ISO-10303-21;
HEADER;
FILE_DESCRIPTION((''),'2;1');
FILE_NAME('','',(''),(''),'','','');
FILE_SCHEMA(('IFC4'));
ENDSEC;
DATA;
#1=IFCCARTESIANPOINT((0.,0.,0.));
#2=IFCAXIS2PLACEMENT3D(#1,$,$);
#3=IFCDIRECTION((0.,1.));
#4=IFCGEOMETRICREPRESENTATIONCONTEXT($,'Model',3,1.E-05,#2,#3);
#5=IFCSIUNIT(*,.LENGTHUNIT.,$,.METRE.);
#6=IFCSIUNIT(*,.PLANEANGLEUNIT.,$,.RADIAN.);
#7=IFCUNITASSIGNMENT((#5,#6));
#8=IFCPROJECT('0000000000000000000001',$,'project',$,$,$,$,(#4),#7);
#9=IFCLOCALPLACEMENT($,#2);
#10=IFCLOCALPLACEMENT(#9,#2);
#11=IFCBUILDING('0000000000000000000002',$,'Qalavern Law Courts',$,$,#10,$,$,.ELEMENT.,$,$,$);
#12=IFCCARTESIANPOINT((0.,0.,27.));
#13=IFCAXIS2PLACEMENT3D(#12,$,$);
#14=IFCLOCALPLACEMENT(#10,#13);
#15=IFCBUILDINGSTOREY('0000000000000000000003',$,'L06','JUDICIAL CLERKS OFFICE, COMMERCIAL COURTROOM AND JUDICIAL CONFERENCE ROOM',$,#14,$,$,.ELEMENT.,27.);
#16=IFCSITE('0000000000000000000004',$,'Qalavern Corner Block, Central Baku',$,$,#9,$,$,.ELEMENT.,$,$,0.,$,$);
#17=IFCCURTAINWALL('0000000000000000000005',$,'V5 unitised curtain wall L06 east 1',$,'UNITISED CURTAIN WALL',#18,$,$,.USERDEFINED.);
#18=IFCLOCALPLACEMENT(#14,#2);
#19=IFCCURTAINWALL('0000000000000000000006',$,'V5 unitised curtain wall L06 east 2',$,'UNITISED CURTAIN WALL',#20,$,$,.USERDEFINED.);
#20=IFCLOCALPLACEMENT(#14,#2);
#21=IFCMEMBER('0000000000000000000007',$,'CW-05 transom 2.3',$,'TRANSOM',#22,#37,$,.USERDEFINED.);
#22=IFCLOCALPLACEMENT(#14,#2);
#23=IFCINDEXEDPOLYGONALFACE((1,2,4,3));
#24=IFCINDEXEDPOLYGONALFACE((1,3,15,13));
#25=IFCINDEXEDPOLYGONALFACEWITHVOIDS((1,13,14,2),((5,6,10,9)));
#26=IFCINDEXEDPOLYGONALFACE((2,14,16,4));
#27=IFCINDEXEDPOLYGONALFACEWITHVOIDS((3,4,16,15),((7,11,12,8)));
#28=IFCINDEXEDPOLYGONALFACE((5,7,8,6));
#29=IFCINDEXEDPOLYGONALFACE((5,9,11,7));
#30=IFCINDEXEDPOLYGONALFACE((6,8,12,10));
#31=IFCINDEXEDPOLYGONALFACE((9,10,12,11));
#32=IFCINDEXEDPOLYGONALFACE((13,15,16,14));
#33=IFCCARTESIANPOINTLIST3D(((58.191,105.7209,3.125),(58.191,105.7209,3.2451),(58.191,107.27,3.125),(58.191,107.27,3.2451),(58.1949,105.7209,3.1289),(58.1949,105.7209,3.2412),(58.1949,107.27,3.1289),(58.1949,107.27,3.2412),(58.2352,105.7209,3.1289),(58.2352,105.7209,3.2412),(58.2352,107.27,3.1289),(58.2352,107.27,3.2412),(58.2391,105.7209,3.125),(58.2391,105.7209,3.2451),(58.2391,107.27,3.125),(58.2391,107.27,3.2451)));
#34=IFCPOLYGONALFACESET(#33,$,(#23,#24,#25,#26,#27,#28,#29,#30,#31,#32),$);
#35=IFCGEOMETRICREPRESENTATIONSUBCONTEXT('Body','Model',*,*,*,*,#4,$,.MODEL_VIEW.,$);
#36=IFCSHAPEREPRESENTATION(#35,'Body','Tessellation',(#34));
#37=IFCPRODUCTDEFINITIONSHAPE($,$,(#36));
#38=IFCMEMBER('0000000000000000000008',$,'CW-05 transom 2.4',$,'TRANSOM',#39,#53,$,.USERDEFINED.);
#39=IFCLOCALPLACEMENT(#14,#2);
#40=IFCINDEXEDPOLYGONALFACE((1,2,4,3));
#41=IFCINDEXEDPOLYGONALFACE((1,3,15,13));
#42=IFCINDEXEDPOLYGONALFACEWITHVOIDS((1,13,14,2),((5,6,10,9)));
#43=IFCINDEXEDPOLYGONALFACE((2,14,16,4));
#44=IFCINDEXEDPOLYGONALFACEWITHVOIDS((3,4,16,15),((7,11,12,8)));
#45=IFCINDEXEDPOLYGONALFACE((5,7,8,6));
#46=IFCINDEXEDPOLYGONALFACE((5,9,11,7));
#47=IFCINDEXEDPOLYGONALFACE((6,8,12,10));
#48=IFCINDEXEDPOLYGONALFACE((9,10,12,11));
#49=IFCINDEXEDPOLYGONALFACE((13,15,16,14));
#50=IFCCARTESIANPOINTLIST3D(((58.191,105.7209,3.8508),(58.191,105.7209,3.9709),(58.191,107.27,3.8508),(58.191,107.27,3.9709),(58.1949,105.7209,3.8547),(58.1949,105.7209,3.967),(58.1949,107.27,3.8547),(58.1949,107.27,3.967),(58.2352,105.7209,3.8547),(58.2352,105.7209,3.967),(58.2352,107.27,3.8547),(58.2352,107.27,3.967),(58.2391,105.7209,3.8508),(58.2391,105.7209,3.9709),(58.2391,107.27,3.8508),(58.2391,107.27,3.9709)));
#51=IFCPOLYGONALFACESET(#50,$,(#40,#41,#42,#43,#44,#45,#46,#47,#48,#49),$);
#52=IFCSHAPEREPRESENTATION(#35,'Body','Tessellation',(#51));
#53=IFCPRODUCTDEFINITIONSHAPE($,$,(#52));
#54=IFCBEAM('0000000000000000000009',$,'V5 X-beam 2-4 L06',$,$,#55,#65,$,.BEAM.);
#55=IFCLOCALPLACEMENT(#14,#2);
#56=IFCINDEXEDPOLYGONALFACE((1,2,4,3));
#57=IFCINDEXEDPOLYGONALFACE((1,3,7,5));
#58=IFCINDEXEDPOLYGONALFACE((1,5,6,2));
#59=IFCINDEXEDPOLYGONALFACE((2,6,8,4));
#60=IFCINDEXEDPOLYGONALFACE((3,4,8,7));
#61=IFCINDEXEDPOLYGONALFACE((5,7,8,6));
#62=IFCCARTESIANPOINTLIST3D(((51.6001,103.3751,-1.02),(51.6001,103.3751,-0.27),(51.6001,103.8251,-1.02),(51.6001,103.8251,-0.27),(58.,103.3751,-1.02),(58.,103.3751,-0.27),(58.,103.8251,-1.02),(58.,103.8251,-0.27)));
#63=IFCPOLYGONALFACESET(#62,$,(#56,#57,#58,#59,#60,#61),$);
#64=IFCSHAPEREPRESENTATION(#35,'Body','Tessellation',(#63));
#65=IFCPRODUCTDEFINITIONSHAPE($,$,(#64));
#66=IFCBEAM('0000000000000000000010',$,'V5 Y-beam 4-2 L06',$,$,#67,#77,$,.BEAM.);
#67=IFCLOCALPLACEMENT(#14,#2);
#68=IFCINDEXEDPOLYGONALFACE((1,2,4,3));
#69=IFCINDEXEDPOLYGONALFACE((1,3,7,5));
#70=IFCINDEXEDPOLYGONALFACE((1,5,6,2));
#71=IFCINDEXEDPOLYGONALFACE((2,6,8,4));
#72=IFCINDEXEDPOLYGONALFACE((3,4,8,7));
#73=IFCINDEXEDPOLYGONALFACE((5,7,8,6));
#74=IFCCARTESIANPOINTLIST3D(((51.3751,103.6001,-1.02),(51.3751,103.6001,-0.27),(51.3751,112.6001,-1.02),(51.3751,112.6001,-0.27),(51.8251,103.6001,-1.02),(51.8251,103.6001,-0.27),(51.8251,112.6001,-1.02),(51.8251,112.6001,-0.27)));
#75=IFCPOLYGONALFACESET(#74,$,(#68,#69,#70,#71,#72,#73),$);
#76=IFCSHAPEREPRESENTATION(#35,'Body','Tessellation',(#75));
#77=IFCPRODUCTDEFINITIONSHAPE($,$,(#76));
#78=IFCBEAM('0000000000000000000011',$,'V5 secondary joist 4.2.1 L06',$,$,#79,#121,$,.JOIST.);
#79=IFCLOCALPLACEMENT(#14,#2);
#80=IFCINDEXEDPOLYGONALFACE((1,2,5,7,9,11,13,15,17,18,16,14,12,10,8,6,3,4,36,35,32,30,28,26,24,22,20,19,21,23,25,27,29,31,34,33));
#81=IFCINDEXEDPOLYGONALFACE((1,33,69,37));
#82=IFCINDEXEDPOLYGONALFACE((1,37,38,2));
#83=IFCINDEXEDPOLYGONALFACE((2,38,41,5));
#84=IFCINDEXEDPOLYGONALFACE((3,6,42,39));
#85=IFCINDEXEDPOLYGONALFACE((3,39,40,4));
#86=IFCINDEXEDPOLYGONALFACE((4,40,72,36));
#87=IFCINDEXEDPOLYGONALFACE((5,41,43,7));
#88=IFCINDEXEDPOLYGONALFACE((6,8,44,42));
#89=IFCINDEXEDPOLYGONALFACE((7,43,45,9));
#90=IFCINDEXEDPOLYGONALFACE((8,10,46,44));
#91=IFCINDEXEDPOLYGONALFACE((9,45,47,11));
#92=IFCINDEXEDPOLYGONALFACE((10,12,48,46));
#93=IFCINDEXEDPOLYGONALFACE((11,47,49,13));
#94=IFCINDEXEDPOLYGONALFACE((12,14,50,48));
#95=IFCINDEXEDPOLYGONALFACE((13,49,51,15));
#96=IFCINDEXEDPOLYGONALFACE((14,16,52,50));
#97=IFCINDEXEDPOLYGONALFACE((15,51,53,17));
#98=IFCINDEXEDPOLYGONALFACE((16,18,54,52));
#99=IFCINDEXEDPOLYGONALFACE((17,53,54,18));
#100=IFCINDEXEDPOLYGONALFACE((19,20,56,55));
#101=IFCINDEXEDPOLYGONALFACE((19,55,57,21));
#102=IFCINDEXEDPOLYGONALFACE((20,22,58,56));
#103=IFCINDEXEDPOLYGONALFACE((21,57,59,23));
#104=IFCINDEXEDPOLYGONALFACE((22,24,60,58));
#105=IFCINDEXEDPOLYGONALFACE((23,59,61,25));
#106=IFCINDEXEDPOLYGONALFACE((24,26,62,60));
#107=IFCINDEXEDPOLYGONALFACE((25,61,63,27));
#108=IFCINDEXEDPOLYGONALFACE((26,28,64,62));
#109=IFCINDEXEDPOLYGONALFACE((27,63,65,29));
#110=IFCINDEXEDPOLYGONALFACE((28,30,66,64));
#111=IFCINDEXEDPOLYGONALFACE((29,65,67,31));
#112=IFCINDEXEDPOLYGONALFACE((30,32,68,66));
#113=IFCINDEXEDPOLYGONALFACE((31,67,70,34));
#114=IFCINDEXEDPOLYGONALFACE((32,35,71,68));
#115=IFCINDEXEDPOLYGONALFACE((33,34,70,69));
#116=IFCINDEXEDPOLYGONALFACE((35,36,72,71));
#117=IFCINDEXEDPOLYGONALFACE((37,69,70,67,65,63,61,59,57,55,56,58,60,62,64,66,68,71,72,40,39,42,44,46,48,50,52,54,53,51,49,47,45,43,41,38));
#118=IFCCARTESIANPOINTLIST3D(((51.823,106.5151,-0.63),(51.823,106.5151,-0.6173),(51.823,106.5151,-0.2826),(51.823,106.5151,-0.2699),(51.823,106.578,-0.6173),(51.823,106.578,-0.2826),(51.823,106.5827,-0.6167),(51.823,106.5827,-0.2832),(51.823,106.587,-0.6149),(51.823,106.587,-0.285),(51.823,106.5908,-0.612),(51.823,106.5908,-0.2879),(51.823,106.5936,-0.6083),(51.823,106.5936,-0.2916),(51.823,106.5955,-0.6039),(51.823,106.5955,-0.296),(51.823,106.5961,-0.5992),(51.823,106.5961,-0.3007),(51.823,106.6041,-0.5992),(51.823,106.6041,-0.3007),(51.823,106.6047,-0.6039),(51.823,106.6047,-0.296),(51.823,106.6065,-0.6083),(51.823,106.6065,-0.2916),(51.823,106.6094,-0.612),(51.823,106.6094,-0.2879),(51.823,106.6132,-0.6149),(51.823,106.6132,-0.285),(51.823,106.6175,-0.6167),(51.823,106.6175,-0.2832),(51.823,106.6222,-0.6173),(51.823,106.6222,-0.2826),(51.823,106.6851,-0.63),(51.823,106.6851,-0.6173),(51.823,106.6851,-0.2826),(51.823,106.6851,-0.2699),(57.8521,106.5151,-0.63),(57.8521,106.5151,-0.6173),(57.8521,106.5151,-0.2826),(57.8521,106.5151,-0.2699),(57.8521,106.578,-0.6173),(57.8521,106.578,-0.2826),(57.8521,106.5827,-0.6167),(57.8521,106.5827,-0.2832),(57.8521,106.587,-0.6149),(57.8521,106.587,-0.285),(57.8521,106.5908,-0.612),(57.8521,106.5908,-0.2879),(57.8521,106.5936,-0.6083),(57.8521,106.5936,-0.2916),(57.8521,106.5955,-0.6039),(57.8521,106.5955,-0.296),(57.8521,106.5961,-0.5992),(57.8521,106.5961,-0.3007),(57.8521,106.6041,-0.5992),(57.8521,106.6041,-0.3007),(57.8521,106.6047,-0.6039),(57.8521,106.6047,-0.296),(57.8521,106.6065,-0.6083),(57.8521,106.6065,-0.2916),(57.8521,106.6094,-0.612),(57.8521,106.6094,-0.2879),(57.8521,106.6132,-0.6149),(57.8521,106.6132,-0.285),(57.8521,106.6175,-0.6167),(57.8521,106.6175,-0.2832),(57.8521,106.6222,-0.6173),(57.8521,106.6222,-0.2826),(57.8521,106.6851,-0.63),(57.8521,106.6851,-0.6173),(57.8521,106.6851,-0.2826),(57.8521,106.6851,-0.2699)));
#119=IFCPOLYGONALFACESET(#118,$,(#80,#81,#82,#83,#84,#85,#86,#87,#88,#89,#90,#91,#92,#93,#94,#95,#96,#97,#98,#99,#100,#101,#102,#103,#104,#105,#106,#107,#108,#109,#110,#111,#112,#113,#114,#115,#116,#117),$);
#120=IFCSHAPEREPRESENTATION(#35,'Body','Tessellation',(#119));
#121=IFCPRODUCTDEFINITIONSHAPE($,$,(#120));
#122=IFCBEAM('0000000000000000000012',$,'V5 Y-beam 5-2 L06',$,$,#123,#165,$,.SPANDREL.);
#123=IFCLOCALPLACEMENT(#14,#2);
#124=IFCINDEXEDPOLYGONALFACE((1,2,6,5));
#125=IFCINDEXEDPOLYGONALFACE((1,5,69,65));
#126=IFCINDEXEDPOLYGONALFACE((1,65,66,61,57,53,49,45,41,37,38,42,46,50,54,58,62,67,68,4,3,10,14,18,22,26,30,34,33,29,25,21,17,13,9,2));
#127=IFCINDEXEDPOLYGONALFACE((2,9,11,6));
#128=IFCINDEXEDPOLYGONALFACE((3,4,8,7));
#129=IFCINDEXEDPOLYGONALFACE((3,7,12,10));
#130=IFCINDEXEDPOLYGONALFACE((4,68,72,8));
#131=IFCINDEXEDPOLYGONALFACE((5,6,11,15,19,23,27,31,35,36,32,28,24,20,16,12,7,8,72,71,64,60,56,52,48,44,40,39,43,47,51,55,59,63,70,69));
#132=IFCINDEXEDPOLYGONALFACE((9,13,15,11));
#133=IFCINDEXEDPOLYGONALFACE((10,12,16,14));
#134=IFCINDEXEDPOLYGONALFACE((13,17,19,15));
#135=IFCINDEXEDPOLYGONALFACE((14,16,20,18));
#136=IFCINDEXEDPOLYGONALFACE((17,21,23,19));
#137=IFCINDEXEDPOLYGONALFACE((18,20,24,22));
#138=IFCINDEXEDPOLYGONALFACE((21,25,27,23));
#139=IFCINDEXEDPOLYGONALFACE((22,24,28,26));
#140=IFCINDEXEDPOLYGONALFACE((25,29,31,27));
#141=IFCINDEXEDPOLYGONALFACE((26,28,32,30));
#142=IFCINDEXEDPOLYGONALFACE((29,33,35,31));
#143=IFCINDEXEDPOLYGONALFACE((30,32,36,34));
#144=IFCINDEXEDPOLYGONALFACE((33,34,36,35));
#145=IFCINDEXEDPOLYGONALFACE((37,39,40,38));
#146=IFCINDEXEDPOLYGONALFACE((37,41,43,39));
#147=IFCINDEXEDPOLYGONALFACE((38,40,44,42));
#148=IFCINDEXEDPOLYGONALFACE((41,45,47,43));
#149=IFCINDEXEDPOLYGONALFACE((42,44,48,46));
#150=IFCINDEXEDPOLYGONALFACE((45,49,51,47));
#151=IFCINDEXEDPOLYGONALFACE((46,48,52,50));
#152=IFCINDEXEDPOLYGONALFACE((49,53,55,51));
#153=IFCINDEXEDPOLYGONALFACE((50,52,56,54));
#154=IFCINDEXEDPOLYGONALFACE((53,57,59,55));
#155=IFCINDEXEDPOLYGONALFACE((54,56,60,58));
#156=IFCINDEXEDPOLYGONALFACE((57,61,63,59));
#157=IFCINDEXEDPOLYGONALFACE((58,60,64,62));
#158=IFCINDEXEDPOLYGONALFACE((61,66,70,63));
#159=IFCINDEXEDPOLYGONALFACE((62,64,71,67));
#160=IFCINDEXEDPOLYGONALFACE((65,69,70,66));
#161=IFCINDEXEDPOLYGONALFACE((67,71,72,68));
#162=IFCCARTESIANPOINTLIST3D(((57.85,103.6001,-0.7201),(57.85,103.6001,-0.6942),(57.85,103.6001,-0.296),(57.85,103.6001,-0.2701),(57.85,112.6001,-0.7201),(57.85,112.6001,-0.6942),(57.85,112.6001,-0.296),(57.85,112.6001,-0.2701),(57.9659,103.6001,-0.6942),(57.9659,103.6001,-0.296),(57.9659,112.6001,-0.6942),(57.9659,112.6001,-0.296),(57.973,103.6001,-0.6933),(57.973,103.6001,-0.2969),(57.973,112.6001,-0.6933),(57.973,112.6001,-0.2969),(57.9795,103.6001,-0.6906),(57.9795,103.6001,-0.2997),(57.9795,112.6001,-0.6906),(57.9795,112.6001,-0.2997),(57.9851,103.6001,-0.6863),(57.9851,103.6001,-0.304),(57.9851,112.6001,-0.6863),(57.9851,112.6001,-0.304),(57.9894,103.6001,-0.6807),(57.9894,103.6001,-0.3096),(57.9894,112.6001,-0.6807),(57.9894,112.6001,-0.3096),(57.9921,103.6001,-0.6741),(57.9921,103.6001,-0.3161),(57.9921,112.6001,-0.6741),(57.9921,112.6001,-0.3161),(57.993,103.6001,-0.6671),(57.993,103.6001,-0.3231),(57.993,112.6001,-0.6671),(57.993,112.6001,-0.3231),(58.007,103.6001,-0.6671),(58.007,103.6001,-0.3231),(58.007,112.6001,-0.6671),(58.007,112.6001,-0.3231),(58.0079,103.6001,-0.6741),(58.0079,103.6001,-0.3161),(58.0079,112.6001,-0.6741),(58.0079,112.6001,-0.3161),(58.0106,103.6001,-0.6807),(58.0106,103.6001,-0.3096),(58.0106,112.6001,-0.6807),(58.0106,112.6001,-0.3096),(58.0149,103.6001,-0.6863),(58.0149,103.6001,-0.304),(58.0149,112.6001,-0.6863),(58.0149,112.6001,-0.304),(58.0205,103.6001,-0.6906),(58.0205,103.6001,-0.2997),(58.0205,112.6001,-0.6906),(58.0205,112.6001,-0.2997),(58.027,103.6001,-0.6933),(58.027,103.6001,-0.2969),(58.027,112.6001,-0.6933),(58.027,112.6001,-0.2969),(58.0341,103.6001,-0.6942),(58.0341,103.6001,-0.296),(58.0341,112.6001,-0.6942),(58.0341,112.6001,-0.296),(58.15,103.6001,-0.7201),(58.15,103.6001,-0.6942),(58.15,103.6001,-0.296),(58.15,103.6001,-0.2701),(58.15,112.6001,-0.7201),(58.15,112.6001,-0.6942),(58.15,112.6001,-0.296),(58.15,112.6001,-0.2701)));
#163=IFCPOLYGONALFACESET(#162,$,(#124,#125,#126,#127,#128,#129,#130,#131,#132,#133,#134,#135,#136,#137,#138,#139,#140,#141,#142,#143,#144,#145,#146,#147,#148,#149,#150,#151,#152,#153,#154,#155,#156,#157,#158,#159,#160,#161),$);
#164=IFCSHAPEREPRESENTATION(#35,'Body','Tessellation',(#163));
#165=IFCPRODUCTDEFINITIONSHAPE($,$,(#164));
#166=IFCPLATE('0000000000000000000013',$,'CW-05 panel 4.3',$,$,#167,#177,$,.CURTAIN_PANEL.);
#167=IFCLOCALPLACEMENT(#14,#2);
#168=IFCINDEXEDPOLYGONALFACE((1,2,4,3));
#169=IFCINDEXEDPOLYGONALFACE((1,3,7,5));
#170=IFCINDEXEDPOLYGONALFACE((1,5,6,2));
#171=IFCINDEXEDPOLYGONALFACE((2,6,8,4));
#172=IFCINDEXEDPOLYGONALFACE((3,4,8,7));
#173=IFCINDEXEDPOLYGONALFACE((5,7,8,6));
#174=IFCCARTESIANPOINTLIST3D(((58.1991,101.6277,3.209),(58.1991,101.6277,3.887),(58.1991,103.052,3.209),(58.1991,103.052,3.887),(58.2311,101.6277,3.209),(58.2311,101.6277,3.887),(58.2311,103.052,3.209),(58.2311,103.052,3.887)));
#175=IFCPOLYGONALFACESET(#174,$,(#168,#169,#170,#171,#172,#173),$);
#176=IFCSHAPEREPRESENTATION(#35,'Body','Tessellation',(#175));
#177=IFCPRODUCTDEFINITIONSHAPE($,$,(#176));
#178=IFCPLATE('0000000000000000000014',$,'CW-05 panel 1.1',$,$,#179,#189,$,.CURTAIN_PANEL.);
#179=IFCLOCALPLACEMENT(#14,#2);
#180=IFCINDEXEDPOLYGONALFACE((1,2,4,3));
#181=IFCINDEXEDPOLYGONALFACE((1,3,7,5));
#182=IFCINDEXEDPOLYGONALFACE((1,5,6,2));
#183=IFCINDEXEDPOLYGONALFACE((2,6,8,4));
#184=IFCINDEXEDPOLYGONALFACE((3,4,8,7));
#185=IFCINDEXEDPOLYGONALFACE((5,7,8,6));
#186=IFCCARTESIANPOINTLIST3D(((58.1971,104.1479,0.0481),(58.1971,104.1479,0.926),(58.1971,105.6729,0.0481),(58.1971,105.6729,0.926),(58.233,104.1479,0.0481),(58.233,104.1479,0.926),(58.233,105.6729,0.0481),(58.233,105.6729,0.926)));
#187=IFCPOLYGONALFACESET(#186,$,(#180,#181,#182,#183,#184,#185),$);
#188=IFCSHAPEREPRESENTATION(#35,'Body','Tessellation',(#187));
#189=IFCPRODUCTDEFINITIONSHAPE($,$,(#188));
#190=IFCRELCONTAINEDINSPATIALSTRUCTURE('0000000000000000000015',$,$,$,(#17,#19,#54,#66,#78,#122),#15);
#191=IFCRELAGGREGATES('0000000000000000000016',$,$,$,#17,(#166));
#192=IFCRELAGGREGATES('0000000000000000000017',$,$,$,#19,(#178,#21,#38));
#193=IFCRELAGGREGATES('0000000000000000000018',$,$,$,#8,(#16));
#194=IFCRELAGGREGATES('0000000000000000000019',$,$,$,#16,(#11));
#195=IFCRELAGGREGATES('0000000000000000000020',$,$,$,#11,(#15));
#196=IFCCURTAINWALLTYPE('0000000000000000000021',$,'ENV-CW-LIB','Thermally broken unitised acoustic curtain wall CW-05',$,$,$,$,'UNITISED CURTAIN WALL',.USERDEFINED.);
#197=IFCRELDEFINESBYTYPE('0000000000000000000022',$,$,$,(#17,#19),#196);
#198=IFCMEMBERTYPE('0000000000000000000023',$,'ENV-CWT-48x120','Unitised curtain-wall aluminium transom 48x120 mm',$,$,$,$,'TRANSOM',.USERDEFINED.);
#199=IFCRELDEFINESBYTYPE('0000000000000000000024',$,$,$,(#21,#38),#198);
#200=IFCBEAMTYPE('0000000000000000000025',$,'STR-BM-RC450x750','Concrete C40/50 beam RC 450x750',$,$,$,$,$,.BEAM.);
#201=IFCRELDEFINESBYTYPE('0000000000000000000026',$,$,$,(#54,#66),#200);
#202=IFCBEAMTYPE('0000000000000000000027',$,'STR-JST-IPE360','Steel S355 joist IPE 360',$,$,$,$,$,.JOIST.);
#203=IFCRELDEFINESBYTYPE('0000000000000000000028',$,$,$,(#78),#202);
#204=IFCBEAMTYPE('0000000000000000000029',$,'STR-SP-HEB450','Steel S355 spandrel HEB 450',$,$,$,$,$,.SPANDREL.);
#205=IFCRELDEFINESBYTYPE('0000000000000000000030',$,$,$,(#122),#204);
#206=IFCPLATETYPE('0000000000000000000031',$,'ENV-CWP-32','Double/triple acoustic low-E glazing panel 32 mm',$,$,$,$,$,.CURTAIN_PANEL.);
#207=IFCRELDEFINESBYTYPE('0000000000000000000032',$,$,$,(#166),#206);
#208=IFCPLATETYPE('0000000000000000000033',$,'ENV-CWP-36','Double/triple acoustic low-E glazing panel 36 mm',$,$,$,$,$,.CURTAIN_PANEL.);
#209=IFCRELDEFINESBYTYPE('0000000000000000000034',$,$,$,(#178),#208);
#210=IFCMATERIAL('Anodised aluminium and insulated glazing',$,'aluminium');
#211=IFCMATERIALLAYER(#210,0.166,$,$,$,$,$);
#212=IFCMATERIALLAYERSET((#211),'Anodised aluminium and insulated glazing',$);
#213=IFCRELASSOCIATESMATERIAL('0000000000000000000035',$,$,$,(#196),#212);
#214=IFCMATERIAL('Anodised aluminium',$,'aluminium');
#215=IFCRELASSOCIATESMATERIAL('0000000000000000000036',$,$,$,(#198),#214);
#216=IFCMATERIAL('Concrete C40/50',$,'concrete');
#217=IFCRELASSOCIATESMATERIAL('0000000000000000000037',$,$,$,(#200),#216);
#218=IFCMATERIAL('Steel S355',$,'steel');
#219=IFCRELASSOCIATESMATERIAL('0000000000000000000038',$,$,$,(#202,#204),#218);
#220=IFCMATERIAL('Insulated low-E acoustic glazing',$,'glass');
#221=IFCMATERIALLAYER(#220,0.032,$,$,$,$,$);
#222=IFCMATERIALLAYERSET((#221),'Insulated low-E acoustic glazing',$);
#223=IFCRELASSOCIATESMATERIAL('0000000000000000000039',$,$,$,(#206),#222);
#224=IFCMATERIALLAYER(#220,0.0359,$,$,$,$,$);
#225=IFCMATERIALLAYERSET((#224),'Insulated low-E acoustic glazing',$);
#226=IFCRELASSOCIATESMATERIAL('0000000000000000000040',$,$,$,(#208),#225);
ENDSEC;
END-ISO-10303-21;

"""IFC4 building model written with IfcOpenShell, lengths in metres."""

from ifc_helpers import new_model, si_unit, direction, frame, origin, origin_2d, place, context, subcontext, project, spatial, rectangle, hollow_rectangle, i_section, extrude, material, layer, layer_set, material_profile, profile_set, type_object, element, aggregate, save


model = new_model("IFC4")

# Units and contexts
model_context = context("Model", 3, precision=1e-05, world=origin(), true_north=direction((0.0, 1.0)))
body_context = subcontext(model_context, "Body", "Model", "MODEL_VIEW")
ifc_project = project(units=[si_unit("LENGTHUNIT", "METRE"), si_unit("PLANEANGLEUNIT", "RADIAN")], contexts=[model_context])

# Site, building, storey
site_placement = place(None, origin())
site = spatial("IfcSite", under=ifc_project, at=site_placement, Name="Qalavern Corner Block, Central Baku", CompositionType="ELEMENT", RefElevation=0.0)
building_placement = place(site_placement, origin())
building = spatial("IfcBuilding", under=site, at=building_placement, Name="Qalavern Law Courts", CompositionType="ELEMENT")
storey_placement = place(building_placement, frame((0.0, 0.0, 27.0)))
storey = spatial("IfcBuildingStorey", under=building, at=storey_placement, Name="L06", Description="JUDICIAL CLERKS OFFICE, COMMERCIAL COURTROOM AND JUDICIAL CONFERENCE ROOM", CompositionType="ELEMENT", Elevation=27.0)

# Curtain wall
ifc_material_1 = material(Name="Anodised aluminium and insulated glazing", Category="aluminium")
ifc_layer_1 = layer(ifc_material_1, 0.166)
ifc_layer_set_1 = layer_set([ifc_layer_1], Name="Anodised aluminium and insulated glazing")
curtain_wall_type = type_object("IfcCurtainWallType", Name="ENV-CW-LIB", Description="Thermally broken unitised acoustic curtain wall CW-05", ElementType="UNITISED CURTAIN WALL", PredefinedType="USERDEFINED", material=ifc_layer_set_1)
curtain_wall_1_placement = place(storey_placement, origin())
curtain_wall_1 = element("IfcCurtainWall", 1, at=curtain_wall_1_placement, inside=storey, type_object=curtain_wall_type, Name="V5 unitised curtain wall L06 east 1", ObjectType="UNITISED CURTAIN WALL", PredefinedType="USERDEFINED")
ifc_material_2 = material(Name="Anodised aluminium", Category="aluminium")

# Curtain wall, members
curtain_wall_2_placement = place(storey_placement, origin())
curtain_wall_2 = element("IfcCurtainWall", 2, at=curtain_wall_2_placement, inside=storey, type_object=curtain_wall_type, Name="V5 unitised curtain wall L06 east 2", ObjectType="UNITISED CURTAIN WALL", PredefinedType="USERDEFINED")
ifc_material_profile_1 = material_profile(ifc_material_2, hollow_rectangle(XDim=0.0481, YDim=0.1201, WallThickness=0.0039, at=origin_2d()), Name="ALU TRANSOM 48x120")
ifc_profile_set_1 = profile_set([ifc_material_profile_1], Name="Anodised aluminium")
member_type_1 = type_object("IfcMemberType", Name="ENV-CWT-48x120", Description="Unitised curtain-wall aluminium transom 48x120 mm", ElementType="TRANSOM", PredefinedType="USERDEFINED", material=ifc_profile_set_1)
member_1_placement = place(storey_placement, frame((58.2151, 105.7209, 3.1851), z_axis=(0.0, 1.0, 0.0), x_axis=(-1.0, 0.0, 0.0)))
member_1 = element("IfcMember", 3, at=member_1_placement, type_object=member_type_1, Name="CW-05 transom 2.3", ObjectType="TRANSOM", PredefinedType="USERDEFINED", context=body_context, shape_type="SweptSolid", body=[
    extrude(hollow_rectangle(XDim=0.0481, YDim=0.1201, WallThickness=0.0039, at=origin_2d()), origin(), (0.0, 0.0, 1.0), 1.5491),
])
member_2_placement = place(storey_placement, frame((58.2151, 105.7209, 3.9109), z_axis=(0.0, 1.0, 0.0), x_axis=(-1.0, 0.0, 0.0)))
member_2 = element("IfcMember", 4, at=member_2_placement, type_object=member_type_1, Name="CW-05 transom 2.4", ObjectType="TRANSOM", PredefinedType="USERDEFINED", context=body_context, shape_type="SweptSolid", body=[
    extrude(hollow_rectangle(XDim=0.0481, YDim=0.1201, WallThickness=0.0039, at=origin_2d()), origin(), (0.0, 0.0, 1.0), 1.5491),
])

# Beams
ifc_material_3 = material(Name="Concrete C40/50", Category="concrete")
ifc_material_profile_2 = material_profile(ifc_material_3, rectangle(XDim=0.45, YDim=0.75, at=origin_2d()), Name="RC 450x750")
ifc_profile_set_2 = profile_set([ifc_material_profile_2], Name="Concrete C40/50")
beam_type_1 = type_object("IfcBeamType", Name="STR-BM-RC450x750", Description="Concrete C40/50 beam RC 450x750", PredefinedType="BEAM", material=ifc_profile_set_2)
beam_1_placement = place(storey_placement, frame((51.6001, 103.6001, -0.645), z_axis=(1.0, 0.0, 0.0), x_axis=(0.0, 1.0, 0.0)))
element("IfcBeam", 5, at=beam_1_placement, inside=storey, type_object=beam_type_1, Name="V5 X-beam 2-4 L06", PredefinedType="BEAM", context=body_context, shape_type="SweptSolid", body=[
    extrude(rectangle(XDim=0.45, YDim=0.75, at=origin_2d()), origin(), (0.0, 0.0, 1.0), 6.3999),
])
beam_2_placement = place(storey_placement, frame((51.6001, 103.6001, -0.645), z_axis=(0.0, 1.0, 0.0), x_axis=(-1.0, 0.0, 0.0)))
element("IfcBeam", 6, at=beam_2_placement, inside=storey, type_object=beam_type_1, Name="V5 Y-beam 4-2 L06", PredefinedType="BEAM", context=body_context, shape_type="SweptSolid", body=[
    extrude(rectangle(XDim=0.45, YDim=0.75, at=origin_2d()), origin(), (0.0, 0.0, 1.0), 9.0),
])
ifc_material_4 = material(Name="Steel S355", Category="steel")
ifc_material_profile_3 = material_profile(ifc_material_4, i_section(OverallWidth=0.1699, OverallDepth=0.3601, WebThickness=0.0081, FlangeThickness=0.0127, FilletRadius=0.0181, at=origin_2d()), Name="IPE 360")
ifc_profile_set_3 = profile_set([ifc_material_profile_3], Name="Steel S355")
beam_type_2 = type_object("IfcBeamType", Name="STR-JST-IPE360", Description="Steel S355 joist IPE 360", PredefinedType="JOIST", material=ifc_profile_set_3)
beam_3_placement = place(storey_placement, frame((51.823, 106.6001, -0.45), z_axis=(1.0, 0.0, 0.0), x_axis=(0.0, 1.0, 0.0)))
element("IfcBeam", 7, at=beam_3_placement, inside=storey, type_object=beam_type_2, Name="V5 secondary joist 4.2.1 L06", PredefinedType="JOIST", context=body_context, shape_type="SweptSolid", body=[
    extrude(i_section(OverallWidth=0.1699, OverallDepth=0.3601, WebThickness=0.0081, FlangeThickness=0.0127, FilletRadius=0.0181, at=origin_2d()), origin(), (0.0, 0.0, 1.0), 6.0291),
])
ifc_material_profile_4 = material_profile(ifc_material_4, i_section(OverallWidth=0.3, OverallDepth=0.45, WebThickness=0.0139, FlangeThickness=0.0259, FilletRadius=0.0271, at=origin_2d()), Name="HEB 450")
ifc_profile_set_4 = profile_set([ifc_material_profile_4], Name="Steel S355")
beam_type_3 = type_object("IfcBeamType", Name="STR-SP-HEB450", Description="Steel S355 spandrel HEB 450", PredefinedType="SPANDREL", material=ifc_profile_set_4)
beam_4_placement = place(storey_placement, frame((58.0, 103.6001, -0.4951), z_axis=(0.0, 1.0, 0.0), x_axis=(-1.0, 0.0, 0.0)))
element("IfcBeam", 8, at=beam_4_placement, inside=storey, type_object=beam_type_3, Name="V5 Y-beam 5-2 L06", PredefinedType="SPANDREL", context=body_context, shape_type="SweptSolid", body=[
    extrude(i_section(OverallWidth=0.3, OverallDepth=0.45, WebThickness=0.0139, FlangeThickness=0.0259, FilletRadius=0.0271, at=origin_2d()), origin(), (0.0, 0.0, 1.0), 9.0),
])

# Plates
ifc_material_5 = material(Name="Insulated low-E acoustic glazing", Category="glass")
ifc_layer_2 = layer(ifc_material_5, 0.032)
ifc_layer_set_2 = layer_set([ifc_layer_2], Name="Insulated low-E acoustic glazing")
plate_type_1 = type_object("IfcPlateType", Name="ENV-CWP-32", Description="Double/triple acoustic low-E glazing panel 32 mm", PredefinedType="CURTAIN_PANEL", material=ifc_layer_set_2)
plate_1_placement = place(storey_placement, frame((58.2151, 102.3398, 3.209), z_axis=(0.0, 0.0, 1.0), x_axis=(0.0, 1.0, 0.0)))
plate_1 = element("IfcPlate", 9, at=plate_1_placement, type_object=plate_type_1, Name="CW-05 panel 4.3", PredefinedType="CURTAIN_PANEL", context=body_context, shape_type="SweptSolid", body=[
    extrude(rectangle(XDim=1.4243, YDim=0.032, at=origin_2d()), origin(), (0.0, 0.0, 1.0), 0.678),
])
aggregate(curtain_wall_1, [plate_1])
ifc_layer_3 = layer(ifc_material_5, 0.0359)
ifc_layer_set_3 = layer_set([ifc_layer_3], Name="Insulated low-E acoustic glazing")
plate_type_2 = type_object("IfcPlateType", Name="ENV-CWP-36", Description="Double/triple acoustic low-E glazing panel 36 mm", PredefinedType="CURTAIN_PANEL", material=ifc_layer_set_3)
plate_2_placement = place(storey_placement, frame((58.2151, 104.9104, 0.0481), z_axis=(0.0, 0.0, 1.0), x_axis=(0.0, 1.0, 0.0)))
plate_2 = element("IfcPlate", 10, at=plate_2_placement, type_object=plate_type_2, Name="CW-05 panel 1.1", PredefinedType="CURTAIN_PANEL", context=body_context, shape_type="SweptSolid", body=[
    extrude(rectangle(XDim=1.5249, YDim=0.0359, at=origin_2d()), origin(), (0.0, 0.0, 1.0), 0.8779),
])
aggregate(curtain_wall_2, [plate_2, member_1, member_2])

save(model, "model.ifc")
